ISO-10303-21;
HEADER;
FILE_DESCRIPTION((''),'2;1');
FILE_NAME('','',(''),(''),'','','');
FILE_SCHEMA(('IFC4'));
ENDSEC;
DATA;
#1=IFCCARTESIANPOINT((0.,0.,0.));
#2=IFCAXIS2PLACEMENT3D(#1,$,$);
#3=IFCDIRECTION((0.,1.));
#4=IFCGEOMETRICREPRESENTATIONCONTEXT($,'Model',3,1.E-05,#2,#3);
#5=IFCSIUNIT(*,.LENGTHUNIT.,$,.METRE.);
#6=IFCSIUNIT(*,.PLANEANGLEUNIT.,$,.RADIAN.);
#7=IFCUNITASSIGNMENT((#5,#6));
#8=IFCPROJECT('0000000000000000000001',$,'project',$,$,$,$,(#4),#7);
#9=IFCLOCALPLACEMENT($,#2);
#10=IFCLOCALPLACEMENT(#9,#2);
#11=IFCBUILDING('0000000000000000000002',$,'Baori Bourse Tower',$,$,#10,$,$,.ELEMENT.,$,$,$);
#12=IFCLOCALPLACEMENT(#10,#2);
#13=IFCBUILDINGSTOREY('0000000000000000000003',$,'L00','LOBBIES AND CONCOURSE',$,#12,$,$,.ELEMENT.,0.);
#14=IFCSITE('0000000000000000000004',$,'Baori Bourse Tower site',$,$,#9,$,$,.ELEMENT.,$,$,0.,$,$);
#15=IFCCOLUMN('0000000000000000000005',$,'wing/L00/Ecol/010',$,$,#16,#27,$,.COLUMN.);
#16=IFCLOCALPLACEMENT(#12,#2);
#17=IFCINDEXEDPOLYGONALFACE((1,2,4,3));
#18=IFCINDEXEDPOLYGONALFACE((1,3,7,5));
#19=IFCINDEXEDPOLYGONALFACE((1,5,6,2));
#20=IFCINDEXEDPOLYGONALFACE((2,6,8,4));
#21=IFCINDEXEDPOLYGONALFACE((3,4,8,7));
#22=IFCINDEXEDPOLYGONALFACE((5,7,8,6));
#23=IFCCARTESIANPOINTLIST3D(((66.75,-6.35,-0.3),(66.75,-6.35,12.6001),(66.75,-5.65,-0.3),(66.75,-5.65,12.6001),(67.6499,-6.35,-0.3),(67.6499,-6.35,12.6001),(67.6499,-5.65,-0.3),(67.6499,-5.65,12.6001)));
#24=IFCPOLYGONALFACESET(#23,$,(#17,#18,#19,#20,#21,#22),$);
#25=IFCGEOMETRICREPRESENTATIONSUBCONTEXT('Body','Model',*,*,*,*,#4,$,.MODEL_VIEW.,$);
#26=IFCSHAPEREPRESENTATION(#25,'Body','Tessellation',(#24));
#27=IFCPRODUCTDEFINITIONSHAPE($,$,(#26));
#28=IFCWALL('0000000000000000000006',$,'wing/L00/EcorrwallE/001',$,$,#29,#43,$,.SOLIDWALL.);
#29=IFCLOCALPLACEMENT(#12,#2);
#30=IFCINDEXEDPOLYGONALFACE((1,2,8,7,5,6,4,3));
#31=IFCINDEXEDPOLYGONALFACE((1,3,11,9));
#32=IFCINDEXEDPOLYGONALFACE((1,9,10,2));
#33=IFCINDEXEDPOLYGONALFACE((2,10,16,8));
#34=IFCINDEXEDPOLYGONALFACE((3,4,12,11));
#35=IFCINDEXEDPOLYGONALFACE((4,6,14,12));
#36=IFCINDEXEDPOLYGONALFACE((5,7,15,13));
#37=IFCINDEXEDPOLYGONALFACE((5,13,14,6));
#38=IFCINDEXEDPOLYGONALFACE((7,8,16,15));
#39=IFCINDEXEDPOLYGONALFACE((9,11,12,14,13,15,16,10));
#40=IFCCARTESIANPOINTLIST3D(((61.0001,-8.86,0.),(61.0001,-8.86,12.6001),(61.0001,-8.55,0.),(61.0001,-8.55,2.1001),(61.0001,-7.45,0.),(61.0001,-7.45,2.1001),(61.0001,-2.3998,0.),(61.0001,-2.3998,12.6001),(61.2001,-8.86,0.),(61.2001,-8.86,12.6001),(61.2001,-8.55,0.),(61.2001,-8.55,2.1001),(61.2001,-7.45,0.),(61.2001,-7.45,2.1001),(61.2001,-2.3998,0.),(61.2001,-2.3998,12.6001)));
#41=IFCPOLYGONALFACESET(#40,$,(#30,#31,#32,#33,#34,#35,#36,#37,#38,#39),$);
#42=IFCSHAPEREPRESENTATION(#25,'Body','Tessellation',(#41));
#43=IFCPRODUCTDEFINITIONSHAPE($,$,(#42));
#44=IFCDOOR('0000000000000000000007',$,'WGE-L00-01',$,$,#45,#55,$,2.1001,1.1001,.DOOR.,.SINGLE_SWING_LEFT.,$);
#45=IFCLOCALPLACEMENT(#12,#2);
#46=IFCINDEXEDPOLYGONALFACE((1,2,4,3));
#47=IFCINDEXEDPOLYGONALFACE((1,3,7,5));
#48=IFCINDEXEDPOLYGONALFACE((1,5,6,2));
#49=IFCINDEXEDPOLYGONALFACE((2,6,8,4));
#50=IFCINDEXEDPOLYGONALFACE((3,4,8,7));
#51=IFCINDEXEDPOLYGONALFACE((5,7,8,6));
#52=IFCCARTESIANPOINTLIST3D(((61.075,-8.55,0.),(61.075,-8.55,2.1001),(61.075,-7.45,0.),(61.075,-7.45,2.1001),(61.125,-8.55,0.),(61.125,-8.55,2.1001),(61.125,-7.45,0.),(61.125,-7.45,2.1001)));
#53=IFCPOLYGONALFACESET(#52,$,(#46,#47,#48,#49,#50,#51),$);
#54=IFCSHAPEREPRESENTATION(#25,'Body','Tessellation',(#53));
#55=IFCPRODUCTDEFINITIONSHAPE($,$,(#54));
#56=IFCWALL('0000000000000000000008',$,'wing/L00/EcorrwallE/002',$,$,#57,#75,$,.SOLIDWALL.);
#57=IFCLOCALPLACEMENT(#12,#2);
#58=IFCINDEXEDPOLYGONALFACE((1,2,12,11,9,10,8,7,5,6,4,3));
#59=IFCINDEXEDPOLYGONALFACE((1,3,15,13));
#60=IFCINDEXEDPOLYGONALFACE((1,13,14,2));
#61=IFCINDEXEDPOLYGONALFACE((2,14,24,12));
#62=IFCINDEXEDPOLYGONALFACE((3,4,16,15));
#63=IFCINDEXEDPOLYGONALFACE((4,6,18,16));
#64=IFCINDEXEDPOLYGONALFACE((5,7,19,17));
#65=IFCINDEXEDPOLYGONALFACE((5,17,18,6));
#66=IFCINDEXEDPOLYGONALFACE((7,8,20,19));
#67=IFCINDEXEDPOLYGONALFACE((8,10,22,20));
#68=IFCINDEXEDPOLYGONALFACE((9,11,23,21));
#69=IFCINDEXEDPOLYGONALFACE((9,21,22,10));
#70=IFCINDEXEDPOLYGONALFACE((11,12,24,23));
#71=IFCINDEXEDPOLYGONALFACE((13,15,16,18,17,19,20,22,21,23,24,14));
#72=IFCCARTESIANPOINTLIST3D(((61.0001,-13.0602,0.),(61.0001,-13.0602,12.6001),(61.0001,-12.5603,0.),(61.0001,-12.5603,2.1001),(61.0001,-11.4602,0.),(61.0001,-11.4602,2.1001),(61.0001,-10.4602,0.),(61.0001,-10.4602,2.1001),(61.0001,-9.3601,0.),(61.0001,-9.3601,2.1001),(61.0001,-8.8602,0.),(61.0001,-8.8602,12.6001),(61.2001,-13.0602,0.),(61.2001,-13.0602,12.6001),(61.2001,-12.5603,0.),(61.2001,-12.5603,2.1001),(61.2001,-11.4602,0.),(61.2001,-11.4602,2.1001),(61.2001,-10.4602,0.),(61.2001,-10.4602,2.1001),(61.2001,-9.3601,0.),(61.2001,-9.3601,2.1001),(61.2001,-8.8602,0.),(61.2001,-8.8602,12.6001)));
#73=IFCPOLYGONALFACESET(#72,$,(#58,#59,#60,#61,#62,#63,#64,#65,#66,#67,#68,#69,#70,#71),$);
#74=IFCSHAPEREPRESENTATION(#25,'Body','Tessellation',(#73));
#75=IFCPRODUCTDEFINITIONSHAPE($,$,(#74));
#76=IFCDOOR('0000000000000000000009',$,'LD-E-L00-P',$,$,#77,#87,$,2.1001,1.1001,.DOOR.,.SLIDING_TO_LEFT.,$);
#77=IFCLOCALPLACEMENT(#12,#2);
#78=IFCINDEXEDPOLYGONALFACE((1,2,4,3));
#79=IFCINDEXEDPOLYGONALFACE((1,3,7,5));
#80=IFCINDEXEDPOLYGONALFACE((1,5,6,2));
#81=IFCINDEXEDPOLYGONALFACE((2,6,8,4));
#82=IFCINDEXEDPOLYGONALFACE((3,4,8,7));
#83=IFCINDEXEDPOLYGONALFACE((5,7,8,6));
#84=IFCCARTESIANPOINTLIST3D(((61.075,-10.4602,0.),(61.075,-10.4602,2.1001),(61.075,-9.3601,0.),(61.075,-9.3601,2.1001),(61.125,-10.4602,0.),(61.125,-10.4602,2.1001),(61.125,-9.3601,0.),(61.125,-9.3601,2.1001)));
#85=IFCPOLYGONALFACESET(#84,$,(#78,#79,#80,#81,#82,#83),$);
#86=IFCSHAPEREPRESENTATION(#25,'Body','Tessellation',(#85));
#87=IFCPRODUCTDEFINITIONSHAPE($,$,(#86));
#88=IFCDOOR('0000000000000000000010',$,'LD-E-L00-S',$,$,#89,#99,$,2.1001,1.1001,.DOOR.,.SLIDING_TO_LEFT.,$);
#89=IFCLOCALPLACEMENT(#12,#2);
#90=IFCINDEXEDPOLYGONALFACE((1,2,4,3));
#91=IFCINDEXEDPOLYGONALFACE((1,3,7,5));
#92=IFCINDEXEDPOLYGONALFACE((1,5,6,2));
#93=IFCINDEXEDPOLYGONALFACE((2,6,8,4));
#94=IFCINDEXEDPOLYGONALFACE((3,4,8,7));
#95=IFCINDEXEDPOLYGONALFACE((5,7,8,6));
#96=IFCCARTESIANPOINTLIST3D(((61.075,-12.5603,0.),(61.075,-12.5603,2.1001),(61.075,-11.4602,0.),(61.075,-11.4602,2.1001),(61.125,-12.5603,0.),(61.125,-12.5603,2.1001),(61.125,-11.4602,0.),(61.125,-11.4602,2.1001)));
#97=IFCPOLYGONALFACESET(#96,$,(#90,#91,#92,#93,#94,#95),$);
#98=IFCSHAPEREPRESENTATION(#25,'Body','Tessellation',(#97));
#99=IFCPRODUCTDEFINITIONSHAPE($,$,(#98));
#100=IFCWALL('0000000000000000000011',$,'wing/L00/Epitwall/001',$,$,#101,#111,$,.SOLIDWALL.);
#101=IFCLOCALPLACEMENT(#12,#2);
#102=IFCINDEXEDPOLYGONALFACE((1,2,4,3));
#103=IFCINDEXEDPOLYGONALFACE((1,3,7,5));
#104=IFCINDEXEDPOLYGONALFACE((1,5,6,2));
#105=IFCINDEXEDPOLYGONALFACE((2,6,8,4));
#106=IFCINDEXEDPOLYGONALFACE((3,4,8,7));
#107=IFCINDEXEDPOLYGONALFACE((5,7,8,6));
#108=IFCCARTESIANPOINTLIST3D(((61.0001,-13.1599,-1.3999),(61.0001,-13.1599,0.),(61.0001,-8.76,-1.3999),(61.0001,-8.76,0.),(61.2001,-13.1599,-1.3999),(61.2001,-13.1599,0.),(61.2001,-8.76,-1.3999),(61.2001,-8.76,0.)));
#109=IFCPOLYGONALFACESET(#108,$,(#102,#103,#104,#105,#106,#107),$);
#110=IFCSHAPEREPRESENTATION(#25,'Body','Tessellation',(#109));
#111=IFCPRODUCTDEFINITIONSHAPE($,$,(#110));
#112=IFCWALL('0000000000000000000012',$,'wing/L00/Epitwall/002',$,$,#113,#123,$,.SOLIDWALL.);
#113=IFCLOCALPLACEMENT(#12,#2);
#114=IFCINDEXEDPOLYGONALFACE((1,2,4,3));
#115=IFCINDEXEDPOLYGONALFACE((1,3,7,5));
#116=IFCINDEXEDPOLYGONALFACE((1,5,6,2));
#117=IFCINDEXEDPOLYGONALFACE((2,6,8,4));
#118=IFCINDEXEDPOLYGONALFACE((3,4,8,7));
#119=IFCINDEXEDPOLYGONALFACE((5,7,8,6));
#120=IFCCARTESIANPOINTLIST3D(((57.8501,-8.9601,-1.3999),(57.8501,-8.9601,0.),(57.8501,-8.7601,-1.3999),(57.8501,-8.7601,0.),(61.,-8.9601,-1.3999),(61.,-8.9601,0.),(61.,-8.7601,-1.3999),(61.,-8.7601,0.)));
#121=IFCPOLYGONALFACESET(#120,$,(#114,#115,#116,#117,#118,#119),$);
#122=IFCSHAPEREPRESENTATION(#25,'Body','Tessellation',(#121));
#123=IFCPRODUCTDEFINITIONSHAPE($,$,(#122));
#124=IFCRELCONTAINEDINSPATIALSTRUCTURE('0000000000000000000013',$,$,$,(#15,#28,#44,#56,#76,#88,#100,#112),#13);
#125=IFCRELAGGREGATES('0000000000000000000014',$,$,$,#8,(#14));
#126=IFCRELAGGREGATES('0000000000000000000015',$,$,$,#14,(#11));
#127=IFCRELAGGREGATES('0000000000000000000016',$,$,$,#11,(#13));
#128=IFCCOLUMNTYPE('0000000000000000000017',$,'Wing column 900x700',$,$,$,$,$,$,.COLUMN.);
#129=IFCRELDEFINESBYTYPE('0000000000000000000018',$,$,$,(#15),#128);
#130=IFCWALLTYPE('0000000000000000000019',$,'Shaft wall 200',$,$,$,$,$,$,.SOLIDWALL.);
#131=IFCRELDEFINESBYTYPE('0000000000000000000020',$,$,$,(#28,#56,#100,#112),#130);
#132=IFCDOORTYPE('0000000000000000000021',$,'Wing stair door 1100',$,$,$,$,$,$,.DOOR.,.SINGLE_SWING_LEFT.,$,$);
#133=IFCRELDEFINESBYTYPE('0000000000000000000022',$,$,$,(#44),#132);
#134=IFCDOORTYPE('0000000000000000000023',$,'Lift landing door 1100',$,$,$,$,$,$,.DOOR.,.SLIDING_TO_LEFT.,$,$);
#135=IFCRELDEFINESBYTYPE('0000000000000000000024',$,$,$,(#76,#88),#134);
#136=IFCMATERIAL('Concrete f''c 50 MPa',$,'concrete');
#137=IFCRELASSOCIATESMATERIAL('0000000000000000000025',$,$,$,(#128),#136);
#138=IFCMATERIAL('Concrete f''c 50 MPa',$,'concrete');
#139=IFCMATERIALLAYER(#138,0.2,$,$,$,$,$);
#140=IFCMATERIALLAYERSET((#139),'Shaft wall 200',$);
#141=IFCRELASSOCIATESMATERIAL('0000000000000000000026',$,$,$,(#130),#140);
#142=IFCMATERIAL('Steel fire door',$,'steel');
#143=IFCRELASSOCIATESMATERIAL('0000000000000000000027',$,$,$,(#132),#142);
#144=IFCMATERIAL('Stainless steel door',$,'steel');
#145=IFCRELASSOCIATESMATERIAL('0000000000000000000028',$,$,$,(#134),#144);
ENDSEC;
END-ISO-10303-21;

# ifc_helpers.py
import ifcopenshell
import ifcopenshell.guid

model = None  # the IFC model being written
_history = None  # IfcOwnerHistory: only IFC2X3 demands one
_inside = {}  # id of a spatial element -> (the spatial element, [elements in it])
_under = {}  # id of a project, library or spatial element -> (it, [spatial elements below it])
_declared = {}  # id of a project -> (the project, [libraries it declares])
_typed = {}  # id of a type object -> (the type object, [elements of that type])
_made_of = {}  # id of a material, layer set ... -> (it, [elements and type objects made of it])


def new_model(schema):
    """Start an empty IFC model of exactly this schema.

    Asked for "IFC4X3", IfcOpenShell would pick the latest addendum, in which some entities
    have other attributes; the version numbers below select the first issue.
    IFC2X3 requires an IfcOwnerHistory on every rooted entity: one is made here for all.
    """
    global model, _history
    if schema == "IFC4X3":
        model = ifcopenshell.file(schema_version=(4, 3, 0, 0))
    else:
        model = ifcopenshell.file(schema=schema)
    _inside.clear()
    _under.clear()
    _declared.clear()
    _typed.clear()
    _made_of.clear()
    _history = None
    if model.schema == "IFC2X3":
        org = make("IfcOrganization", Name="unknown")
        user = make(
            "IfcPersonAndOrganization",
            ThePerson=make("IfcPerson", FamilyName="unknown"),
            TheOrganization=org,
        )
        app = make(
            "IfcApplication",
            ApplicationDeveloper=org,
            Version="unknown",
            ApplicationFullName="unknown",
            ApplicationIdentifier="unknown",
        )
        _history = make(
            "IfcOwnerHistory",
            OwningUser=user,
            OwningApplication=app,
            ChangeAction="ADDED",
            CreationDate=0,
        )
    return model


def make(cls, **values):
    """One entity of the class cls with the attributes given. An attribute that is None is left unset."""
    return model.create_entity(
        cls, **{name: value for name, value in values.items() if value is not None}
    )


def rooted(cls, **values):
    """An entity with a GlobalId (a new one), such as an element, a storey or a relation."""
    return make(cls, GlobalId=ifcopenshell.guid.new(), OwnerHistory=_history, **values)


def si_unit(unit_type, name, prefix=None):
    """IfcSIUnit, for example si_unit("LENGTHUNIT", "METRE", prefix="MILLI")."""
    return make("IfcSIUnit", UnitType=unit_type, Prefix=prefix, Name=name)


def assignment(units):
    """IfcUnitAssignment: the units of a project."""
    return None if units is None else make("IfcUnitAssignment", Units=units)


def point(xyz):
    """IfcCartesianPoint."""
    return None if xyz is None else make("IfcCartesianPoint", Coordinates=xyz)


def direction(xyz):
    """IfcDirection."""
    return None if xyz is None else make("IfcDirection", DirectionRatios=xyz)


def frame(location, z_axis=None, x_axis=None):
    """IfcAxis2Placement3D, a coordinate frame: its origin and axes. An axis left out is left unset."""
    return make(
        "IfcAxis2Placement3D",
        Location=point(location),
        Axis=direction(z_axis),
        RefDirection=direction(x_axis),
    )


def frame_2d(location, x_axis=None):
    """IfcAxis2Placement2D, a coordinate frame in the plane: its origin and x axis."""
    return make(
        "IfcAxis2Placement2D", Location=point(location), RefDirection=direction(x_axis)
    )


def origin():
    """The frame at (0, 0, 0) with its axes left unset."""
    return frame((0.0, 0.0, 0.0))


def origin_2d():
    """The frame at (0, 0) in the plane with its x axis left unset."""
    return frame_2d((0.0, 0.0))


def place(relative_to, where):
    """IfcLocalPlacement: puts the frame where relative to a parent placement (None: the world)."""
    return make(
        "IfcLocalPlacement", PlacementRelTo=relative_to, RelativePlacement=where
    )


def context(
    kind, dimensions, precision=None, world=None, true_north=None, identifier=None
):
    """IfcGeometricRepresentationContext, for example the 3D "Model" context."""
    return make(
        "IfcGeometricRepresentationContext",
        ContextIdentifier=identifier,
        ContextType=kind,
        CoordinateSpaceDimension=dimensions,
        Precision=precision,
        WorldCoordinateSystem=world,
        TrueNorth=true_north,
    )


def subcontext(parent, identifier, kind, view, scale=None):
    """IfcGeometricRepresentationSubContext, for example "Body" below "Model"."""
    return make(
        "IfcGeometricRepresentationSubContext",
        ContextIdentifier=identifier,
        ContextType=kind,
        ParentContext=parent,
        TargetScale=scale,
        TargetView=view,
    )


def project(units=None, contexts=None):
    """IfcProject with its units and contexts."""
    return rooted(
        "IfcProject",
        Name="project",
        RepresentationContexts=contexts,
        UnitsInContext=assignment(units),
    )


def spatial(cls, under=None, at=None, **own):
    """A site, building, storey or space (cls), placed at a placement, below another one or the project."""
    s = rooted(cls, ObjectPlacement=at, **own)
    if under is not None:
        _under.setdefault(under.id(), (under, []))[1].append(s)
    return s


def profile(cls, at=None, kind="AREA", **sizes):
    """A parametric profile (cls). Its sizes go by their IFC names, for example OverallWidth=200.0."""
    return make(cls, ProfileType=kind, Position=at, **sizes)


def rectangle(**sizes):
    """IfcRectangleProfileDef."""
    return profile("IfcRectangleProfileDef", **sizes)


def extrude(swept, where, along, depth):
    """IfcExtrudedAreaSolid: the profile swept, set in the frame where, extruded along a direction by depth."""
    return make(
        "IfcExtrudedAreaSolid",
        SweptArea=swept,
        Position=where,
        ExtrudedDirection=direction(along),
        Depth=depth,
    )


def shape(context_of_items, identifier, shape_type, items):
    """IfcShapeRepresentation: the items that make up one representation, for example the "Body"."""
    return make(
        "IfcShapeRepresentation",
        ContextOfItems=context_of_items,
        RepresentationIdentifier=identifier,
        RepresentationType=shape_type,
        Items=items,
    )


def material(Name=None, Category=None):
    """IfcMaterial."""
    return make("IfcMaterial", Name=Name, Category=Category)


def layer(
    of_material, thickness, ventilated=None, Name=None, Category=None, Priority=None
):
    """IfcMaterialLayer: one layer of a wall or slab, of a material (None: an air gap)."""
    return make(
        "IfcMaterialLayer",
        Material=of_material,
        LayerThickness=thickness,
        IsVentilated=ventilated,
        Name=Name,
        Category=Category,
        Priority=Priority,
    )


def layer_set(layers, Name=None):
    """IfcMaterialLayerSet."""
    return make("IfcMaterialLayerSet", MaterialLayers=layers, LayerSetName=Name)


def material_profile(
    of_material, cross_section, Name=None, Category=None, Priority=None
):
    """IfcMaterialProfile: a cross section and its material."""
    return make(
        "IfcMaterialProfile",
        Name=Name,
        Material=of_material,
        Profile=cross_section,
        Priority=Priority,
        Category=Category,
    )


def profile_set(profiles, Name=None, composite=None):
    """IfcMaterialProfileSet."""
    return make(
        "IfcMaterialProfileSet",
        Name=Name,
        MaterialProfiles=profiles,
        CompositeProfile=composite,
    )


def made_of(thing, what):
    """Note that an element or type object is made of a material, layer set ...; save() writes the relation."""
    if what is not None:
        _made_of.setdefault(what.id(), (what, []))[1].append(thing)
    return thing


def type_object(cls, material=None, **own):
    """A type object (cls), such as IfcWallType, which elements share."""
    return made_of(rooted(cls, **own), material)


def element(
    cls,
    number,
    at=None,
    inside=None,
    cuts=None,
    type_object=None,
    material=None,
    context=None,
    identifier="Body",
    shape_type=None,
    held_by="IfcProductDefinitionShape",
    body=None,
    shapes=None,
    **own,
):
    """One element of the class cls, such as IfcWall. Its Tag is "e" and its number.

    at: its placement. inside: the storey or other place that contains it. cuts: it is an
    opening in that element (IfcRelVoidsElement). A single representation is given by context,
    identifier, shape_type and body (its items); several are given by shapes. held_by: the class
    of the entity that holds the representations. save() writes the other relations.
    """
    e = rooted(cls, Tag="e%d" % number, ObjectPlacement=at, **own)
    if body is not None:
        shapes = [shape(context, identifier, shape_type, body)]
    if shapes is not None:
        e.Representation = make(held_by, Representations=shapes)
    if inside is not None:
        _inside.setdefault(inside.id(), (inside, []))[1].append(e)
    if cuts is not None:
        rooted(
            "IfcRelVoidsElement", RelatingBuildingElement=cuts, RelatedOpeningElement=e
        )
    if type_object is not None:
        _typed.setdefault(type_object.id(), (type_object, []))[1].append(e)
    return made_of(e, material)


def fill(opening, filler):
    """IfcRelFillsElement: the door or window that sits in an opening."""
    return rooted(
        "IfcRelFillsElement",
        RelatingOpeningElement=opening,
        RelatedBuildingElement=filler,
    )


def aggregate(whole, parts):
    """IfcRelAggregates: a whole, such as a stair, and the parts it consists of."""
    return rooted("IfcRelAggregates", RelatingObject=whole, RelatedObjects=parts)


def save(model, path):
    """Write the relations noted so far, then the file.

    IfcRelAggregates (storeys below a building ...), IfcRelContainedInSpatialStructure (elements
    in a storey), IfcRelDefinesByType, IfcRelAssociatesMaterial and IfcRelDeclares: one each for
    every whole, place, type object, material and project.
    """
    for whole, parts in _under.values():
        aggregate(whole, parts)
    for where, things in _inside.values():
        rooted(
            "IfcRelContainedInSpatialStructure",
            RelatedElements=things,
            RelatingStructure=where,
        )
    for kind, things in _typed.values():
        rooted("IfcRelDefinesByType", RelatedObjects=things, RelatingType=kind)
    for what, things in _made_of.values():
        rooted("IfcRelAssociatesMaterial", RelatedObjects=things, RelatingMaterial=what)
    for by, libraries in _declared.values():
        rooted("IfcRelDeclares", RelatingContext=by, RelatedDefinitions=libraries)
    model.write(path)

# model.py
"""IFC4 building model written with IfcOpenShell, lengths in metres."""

from ifc_helpers import new_model, si_unit, direction, frame, frame_2d, origin, origin_2d, place, context, subcontext, project, spatial, rectangle, extrude, material, layer, layer_set, material_profile, profile_set, type_object, element, fill, save


model = new_model("IFC4")

# Units and contexts
model_context = context("Model", 3, precision=1e-05, world=origin(), true_north=direction((0.0, 1.0)))
body_context = subcontext(model_context, "Body", "Model", "MODEL_VIEW")
ifc_project = project(units=[si_unit("LENGTHUNIT", "METRE"), si_unit("PLANEANGLEUNIT", "RADIAN")], contexts=[model_context])

# Site, building, storey
site_placement = place(None, origin())
site = spatial("IfcSite", under=ifc_project, at=site_placement, Name="Baori Bourse Tower site", CompositionType="ELEMENT", RefElevation=0.0)
building_placement = place(site_placement, origin())
building = spatial("IfcBuilding", under=site, at=building_placement, Name="Baori Bourse Tower", CompositionType="ELEMENT")
storey_placement = place(building_placement, origin())
storey = spatial("IfcBuildingStorey", under=building, at=storey_placement, Name="L00", Description="LOBBIES AND CONCOURSE", CompositionType="ELEMENT", Elevation=0.0)

# Column
ifc_material_1 = material(Name="Concrete f'c 50 MPa", Category="concrete")
ifc_material_profile_1 = material_profile(ifc_material_1, rectangle(XDim=0.8999, YDim=0.7, at=origin_2d()), Name="Wing column 900x700")
ifc_profile_set_1 = profile_set([ifc_material_profile_1], Name="Concrete f'c 50 MPa")
column_type = type_object("IfcColumnType", Name="Wing column 900x700", PredefinedType="COLUMN", material=ifc_profile_set_1)
for number, where, z_axis, x_axis, name in (
    (1, (67.2, -6.0, -0.3), (0.0, 0.0, 1.0), (1.0, 0.0, 0.0), "wing/L00/Ecol/010"),
):
    element("IfcColumn", number, at=place(storey_placement, frame(where, z_axis=z_axis, x_axis=x_axis)), inside=storey, type_object=column_type, Name=name, PredefinedType="COLUMN", context=body_context, shape_type="SweptSolid", body=[
        extrude(rectangle(XDim=0.8999, YDim=0.7, at=origin_2d()), origin(), (0.0, 0.0, 1.0), 12.9001),
    ])

# Wall, opening, door
ifc_material_2 = material(Name="Concrete f'c 50 MPa", Category="concrete")
ifc_layer = layer(ifc_material_2, 0.2)
ifc_layer_set = layer_set([ifc_layer], Name="Shaft wall 200")
wall_type = type_object("IfcWallType", Name="Shaft wall 200", PredefinedType="SOLIDWALL", material=ifc_layer_set)
wall_1_placement = place(storey_placement, frame((61.1001, -2.3999, 0.0), z_axis=(0.0, 0.0, 1.0), x_axis=(0.0, -1.0, 0.0)))
wall_1 = element("IfcWall", 2, at=wall_1_placement, inside=storey, type_object=wall_type, Name="wing/L00/EcorrwallE/001", PredefinedType="SOLIDWALL", context=body_context, shape_type="SweptSolid", body=[
    extrude(rectangle(XDim=6.4602, YDim=0.2, at=frame_2d((3.23, 0.0))), origin(), (0.0, 0.0, 1.0), 12.6001),
])
opening_1_placement = place(wall_1_placement, frame((5.05, 0.0, 0.0)))
opening_1 = element("IfcOpeningElement", 3, at=opening_1_placement, cuts=wall_1, PredefinedType="OPENING", context=body_context, shape_type="SweptSolid", body=[
    extrude(rectangle(XDim=1.1001, YDim=2.1001, at=frame_2d((0.55, 1.05))), frame((0.0, 0.1099, 0.0), z_axis=(0.0, -1.0, 0.0), x_axis=(1.0, 0.0, 0.0)), (0.0, 0.0, 1.0), 0.22),
])
ifc_material_3 = material(Name="Steel fire door", Category="steel")
door_type_1 = type_object("IfcDoorType", Name="Wing stair door 1100", OperationType="SINGLE_SWING_LEFT", PredefinedType="DOOR", material=ifc_material_3)
door_1_placement = place(opening_1_placement, origin())
door_1 = element("IfcDoor", 4, at=door_1_placement, inside=storey, type_object=door_type_1, Name="WGE-L00-01", OperationType="SINGLE_SWING_LEFT", OverallHeight=2.1001, OverallWidth=1.1001, PredefinedType="DOOR", context=body_context, shape_type="SweptSolid", body=[
    extrude(rectangle(XDim=1.1001, YDim=2.1001, at=frame_2d((0.55, 1.05))), frame((0.0, 0.0249, 0.0), z_axis=(0.0, -1.0, 0.0), x_axis=(1.0, 0.0, 0.0)), (0.0, 0.0, 1.0), 0.05),
])
fill(opening_1, door_1)

# Wall, openings, doors
wall_2_placement = place(storey_placement, frame((61.1001, -8.8601, 0.0), z_axis=(0.0, 0.0, 1.0), x_axis=(0.0, -1.0, 0.0)))
wall_2 = element("IfcWall", 5, at=wall_2_placement, inside=storey, type_object=wall_type, Name="wing/L00/EcorrwallE/002", PredefinedType="SOLIDWALL", context=body_context, shape_type="SweptSolid", body=[
    extrude(rectangle(XDim=4.2, YDim=0.2, at=frame_2d((2.1001, 0.0))), origin(), (0.0, 0.0, 1.0), 12.6001),
])
opening_2_placement = place(wall_2_placement, frame((0.5, 0.0, 0.0)))
opening_2 = element("IfcOpeningElement", 6, at=opening_2_placement, cuts=wall_2, PredefinedType="OPENING", context=body_context, shape_type="SweptSolid", body=[
    extrude(rectangle(XDim=1.1001, YDim=2.1001, at=frame_2d((0.55, 1.05))), frame((0.0, 0.1099, 0.0), z_axis=(0.0, -1.0, 0.0), x_axis=(1.0, 0.0, 0.0)), (0.0, 0.0, 1.0), 0.22),
])
opening_3_placement = place(wall_2_placement, frame((2.6001, 0.0, 0.0)))
opening_3 = element("IfcOpeningElement", 7, at=opening_3_placement, cuts=wall_2, PredefinedType="OPENING", context=body_context, shape_type="SweptSolid", body=[
    extrude(rectangle(XDim=1.1001, YDim=2.1001, at=frame_2d((0.55, 1.05))), frame((0.0, 0.1099, 0.0), z_axis=(0.0, -1.0, 0.0), x_axis=(1.0, 0.0, 0.0)), (0.0, 0.0, 1.0), 0.22),
])
ifc_material_4 = material(Name="Stainless steel door", Category="steel")
door_type_2 = type_object("IfcDoorType", Name="Lift landing door 1100", OperationType="SLIDING_TO_LEFT", PredefinedType="DOOR", material=ifc_material_4)
door_2_placement = place(opening_2_placement, origin())
door_2 = element("IfcDoor", 8, at=door_2_placement, inside=storey, type_object=door_type_2, Name="LD-E-L00-P", OperationType="SLIDING_TO_LEFT", OverallHeight=2.1001, OverallWidth=1.1001, PredefinedType="DOOR", context=body_context, shape_type="SweptSolid", body=[
    extrude(rectangle(XDim=1.1001, YDim=2.1001, at=frame_2d((0.55, 1.05))), frame((0.0, 0.0249, 0.0), z_axis=(0.0, -1.0, 0.0), x_axis=(1.0, 0.0, 0.0)), (0.0, 0.0, 1.0), 0.05),
])
fill(opening_2, door_2)
door_3_placement = place(opening_3_placement, origin())
door_3 = element("IfcDoor", 9, at=door_3_placement, inside=storey, type_object=door_type_2, Name="LD-E-L00-S", OperationType="SLIDING_TO_LEFT", OverallHeight=2.1001, OverallWidth=1.1001, PredefinedType="DOOR", context=body_context, shape_type="SweptSolid", body=[
    extrude(rectangle(XDim=1.1001, YDim=2.1001, at=frame_2d((0.55, 1.05))), frame((0.0, 0.0249, 0.0), z_axis=(0.0, -1.0, 0.0), x_axis=(1.0, 0.0, 0.0)), (0.0, 0.0, 1.0), 0.05),
])
fill(opening_3, door_3)

# Walls
wall_3_placement = place(storey_placement, frame((61.1001, -8.76, -1.3999), z_axis=(0.0, 0.0, 1.0), x_axis=(0.0, -1.0, 0.0)))
element("IfcWall", 10, at=wall_3_placement, inside=storey, type_object=wall_type, Name="wing/L00/Epitwall/001", PredefinedType="SOLIDWALL", context=body_context, shape_type="SweptSolid", body=[
    extrude(rectangle(XDim=4.3999, YDim=0.2, at=frame_2d((2.2, 0.0))), origin(), (0.0, 0.0, 1.0), 1.3999),
])
wall_4_placement = place(storey_placement, frame((61.0, -8.8601, -1.3999), z_axis=(0.0, 0.0, 1.0), x_axis=(-1.0, 0.0, 0.0)))
element("IfcWall", 11, at=wall_4_placement, inside=storey, type_object=wall_type, Name="wing/L00/Epitwall/002", PredefinedType="SOLIDWALL", context=body_context, shape_type="SweptSolid", body=[
    extrude(rectangle(XDim=3.1499, YDim=0.2, at=frame_2d((1.575, 0.0))), origin(), (0.0, 0.0, 1.0), 1.3999),
])

save(model, "model.ifc")
